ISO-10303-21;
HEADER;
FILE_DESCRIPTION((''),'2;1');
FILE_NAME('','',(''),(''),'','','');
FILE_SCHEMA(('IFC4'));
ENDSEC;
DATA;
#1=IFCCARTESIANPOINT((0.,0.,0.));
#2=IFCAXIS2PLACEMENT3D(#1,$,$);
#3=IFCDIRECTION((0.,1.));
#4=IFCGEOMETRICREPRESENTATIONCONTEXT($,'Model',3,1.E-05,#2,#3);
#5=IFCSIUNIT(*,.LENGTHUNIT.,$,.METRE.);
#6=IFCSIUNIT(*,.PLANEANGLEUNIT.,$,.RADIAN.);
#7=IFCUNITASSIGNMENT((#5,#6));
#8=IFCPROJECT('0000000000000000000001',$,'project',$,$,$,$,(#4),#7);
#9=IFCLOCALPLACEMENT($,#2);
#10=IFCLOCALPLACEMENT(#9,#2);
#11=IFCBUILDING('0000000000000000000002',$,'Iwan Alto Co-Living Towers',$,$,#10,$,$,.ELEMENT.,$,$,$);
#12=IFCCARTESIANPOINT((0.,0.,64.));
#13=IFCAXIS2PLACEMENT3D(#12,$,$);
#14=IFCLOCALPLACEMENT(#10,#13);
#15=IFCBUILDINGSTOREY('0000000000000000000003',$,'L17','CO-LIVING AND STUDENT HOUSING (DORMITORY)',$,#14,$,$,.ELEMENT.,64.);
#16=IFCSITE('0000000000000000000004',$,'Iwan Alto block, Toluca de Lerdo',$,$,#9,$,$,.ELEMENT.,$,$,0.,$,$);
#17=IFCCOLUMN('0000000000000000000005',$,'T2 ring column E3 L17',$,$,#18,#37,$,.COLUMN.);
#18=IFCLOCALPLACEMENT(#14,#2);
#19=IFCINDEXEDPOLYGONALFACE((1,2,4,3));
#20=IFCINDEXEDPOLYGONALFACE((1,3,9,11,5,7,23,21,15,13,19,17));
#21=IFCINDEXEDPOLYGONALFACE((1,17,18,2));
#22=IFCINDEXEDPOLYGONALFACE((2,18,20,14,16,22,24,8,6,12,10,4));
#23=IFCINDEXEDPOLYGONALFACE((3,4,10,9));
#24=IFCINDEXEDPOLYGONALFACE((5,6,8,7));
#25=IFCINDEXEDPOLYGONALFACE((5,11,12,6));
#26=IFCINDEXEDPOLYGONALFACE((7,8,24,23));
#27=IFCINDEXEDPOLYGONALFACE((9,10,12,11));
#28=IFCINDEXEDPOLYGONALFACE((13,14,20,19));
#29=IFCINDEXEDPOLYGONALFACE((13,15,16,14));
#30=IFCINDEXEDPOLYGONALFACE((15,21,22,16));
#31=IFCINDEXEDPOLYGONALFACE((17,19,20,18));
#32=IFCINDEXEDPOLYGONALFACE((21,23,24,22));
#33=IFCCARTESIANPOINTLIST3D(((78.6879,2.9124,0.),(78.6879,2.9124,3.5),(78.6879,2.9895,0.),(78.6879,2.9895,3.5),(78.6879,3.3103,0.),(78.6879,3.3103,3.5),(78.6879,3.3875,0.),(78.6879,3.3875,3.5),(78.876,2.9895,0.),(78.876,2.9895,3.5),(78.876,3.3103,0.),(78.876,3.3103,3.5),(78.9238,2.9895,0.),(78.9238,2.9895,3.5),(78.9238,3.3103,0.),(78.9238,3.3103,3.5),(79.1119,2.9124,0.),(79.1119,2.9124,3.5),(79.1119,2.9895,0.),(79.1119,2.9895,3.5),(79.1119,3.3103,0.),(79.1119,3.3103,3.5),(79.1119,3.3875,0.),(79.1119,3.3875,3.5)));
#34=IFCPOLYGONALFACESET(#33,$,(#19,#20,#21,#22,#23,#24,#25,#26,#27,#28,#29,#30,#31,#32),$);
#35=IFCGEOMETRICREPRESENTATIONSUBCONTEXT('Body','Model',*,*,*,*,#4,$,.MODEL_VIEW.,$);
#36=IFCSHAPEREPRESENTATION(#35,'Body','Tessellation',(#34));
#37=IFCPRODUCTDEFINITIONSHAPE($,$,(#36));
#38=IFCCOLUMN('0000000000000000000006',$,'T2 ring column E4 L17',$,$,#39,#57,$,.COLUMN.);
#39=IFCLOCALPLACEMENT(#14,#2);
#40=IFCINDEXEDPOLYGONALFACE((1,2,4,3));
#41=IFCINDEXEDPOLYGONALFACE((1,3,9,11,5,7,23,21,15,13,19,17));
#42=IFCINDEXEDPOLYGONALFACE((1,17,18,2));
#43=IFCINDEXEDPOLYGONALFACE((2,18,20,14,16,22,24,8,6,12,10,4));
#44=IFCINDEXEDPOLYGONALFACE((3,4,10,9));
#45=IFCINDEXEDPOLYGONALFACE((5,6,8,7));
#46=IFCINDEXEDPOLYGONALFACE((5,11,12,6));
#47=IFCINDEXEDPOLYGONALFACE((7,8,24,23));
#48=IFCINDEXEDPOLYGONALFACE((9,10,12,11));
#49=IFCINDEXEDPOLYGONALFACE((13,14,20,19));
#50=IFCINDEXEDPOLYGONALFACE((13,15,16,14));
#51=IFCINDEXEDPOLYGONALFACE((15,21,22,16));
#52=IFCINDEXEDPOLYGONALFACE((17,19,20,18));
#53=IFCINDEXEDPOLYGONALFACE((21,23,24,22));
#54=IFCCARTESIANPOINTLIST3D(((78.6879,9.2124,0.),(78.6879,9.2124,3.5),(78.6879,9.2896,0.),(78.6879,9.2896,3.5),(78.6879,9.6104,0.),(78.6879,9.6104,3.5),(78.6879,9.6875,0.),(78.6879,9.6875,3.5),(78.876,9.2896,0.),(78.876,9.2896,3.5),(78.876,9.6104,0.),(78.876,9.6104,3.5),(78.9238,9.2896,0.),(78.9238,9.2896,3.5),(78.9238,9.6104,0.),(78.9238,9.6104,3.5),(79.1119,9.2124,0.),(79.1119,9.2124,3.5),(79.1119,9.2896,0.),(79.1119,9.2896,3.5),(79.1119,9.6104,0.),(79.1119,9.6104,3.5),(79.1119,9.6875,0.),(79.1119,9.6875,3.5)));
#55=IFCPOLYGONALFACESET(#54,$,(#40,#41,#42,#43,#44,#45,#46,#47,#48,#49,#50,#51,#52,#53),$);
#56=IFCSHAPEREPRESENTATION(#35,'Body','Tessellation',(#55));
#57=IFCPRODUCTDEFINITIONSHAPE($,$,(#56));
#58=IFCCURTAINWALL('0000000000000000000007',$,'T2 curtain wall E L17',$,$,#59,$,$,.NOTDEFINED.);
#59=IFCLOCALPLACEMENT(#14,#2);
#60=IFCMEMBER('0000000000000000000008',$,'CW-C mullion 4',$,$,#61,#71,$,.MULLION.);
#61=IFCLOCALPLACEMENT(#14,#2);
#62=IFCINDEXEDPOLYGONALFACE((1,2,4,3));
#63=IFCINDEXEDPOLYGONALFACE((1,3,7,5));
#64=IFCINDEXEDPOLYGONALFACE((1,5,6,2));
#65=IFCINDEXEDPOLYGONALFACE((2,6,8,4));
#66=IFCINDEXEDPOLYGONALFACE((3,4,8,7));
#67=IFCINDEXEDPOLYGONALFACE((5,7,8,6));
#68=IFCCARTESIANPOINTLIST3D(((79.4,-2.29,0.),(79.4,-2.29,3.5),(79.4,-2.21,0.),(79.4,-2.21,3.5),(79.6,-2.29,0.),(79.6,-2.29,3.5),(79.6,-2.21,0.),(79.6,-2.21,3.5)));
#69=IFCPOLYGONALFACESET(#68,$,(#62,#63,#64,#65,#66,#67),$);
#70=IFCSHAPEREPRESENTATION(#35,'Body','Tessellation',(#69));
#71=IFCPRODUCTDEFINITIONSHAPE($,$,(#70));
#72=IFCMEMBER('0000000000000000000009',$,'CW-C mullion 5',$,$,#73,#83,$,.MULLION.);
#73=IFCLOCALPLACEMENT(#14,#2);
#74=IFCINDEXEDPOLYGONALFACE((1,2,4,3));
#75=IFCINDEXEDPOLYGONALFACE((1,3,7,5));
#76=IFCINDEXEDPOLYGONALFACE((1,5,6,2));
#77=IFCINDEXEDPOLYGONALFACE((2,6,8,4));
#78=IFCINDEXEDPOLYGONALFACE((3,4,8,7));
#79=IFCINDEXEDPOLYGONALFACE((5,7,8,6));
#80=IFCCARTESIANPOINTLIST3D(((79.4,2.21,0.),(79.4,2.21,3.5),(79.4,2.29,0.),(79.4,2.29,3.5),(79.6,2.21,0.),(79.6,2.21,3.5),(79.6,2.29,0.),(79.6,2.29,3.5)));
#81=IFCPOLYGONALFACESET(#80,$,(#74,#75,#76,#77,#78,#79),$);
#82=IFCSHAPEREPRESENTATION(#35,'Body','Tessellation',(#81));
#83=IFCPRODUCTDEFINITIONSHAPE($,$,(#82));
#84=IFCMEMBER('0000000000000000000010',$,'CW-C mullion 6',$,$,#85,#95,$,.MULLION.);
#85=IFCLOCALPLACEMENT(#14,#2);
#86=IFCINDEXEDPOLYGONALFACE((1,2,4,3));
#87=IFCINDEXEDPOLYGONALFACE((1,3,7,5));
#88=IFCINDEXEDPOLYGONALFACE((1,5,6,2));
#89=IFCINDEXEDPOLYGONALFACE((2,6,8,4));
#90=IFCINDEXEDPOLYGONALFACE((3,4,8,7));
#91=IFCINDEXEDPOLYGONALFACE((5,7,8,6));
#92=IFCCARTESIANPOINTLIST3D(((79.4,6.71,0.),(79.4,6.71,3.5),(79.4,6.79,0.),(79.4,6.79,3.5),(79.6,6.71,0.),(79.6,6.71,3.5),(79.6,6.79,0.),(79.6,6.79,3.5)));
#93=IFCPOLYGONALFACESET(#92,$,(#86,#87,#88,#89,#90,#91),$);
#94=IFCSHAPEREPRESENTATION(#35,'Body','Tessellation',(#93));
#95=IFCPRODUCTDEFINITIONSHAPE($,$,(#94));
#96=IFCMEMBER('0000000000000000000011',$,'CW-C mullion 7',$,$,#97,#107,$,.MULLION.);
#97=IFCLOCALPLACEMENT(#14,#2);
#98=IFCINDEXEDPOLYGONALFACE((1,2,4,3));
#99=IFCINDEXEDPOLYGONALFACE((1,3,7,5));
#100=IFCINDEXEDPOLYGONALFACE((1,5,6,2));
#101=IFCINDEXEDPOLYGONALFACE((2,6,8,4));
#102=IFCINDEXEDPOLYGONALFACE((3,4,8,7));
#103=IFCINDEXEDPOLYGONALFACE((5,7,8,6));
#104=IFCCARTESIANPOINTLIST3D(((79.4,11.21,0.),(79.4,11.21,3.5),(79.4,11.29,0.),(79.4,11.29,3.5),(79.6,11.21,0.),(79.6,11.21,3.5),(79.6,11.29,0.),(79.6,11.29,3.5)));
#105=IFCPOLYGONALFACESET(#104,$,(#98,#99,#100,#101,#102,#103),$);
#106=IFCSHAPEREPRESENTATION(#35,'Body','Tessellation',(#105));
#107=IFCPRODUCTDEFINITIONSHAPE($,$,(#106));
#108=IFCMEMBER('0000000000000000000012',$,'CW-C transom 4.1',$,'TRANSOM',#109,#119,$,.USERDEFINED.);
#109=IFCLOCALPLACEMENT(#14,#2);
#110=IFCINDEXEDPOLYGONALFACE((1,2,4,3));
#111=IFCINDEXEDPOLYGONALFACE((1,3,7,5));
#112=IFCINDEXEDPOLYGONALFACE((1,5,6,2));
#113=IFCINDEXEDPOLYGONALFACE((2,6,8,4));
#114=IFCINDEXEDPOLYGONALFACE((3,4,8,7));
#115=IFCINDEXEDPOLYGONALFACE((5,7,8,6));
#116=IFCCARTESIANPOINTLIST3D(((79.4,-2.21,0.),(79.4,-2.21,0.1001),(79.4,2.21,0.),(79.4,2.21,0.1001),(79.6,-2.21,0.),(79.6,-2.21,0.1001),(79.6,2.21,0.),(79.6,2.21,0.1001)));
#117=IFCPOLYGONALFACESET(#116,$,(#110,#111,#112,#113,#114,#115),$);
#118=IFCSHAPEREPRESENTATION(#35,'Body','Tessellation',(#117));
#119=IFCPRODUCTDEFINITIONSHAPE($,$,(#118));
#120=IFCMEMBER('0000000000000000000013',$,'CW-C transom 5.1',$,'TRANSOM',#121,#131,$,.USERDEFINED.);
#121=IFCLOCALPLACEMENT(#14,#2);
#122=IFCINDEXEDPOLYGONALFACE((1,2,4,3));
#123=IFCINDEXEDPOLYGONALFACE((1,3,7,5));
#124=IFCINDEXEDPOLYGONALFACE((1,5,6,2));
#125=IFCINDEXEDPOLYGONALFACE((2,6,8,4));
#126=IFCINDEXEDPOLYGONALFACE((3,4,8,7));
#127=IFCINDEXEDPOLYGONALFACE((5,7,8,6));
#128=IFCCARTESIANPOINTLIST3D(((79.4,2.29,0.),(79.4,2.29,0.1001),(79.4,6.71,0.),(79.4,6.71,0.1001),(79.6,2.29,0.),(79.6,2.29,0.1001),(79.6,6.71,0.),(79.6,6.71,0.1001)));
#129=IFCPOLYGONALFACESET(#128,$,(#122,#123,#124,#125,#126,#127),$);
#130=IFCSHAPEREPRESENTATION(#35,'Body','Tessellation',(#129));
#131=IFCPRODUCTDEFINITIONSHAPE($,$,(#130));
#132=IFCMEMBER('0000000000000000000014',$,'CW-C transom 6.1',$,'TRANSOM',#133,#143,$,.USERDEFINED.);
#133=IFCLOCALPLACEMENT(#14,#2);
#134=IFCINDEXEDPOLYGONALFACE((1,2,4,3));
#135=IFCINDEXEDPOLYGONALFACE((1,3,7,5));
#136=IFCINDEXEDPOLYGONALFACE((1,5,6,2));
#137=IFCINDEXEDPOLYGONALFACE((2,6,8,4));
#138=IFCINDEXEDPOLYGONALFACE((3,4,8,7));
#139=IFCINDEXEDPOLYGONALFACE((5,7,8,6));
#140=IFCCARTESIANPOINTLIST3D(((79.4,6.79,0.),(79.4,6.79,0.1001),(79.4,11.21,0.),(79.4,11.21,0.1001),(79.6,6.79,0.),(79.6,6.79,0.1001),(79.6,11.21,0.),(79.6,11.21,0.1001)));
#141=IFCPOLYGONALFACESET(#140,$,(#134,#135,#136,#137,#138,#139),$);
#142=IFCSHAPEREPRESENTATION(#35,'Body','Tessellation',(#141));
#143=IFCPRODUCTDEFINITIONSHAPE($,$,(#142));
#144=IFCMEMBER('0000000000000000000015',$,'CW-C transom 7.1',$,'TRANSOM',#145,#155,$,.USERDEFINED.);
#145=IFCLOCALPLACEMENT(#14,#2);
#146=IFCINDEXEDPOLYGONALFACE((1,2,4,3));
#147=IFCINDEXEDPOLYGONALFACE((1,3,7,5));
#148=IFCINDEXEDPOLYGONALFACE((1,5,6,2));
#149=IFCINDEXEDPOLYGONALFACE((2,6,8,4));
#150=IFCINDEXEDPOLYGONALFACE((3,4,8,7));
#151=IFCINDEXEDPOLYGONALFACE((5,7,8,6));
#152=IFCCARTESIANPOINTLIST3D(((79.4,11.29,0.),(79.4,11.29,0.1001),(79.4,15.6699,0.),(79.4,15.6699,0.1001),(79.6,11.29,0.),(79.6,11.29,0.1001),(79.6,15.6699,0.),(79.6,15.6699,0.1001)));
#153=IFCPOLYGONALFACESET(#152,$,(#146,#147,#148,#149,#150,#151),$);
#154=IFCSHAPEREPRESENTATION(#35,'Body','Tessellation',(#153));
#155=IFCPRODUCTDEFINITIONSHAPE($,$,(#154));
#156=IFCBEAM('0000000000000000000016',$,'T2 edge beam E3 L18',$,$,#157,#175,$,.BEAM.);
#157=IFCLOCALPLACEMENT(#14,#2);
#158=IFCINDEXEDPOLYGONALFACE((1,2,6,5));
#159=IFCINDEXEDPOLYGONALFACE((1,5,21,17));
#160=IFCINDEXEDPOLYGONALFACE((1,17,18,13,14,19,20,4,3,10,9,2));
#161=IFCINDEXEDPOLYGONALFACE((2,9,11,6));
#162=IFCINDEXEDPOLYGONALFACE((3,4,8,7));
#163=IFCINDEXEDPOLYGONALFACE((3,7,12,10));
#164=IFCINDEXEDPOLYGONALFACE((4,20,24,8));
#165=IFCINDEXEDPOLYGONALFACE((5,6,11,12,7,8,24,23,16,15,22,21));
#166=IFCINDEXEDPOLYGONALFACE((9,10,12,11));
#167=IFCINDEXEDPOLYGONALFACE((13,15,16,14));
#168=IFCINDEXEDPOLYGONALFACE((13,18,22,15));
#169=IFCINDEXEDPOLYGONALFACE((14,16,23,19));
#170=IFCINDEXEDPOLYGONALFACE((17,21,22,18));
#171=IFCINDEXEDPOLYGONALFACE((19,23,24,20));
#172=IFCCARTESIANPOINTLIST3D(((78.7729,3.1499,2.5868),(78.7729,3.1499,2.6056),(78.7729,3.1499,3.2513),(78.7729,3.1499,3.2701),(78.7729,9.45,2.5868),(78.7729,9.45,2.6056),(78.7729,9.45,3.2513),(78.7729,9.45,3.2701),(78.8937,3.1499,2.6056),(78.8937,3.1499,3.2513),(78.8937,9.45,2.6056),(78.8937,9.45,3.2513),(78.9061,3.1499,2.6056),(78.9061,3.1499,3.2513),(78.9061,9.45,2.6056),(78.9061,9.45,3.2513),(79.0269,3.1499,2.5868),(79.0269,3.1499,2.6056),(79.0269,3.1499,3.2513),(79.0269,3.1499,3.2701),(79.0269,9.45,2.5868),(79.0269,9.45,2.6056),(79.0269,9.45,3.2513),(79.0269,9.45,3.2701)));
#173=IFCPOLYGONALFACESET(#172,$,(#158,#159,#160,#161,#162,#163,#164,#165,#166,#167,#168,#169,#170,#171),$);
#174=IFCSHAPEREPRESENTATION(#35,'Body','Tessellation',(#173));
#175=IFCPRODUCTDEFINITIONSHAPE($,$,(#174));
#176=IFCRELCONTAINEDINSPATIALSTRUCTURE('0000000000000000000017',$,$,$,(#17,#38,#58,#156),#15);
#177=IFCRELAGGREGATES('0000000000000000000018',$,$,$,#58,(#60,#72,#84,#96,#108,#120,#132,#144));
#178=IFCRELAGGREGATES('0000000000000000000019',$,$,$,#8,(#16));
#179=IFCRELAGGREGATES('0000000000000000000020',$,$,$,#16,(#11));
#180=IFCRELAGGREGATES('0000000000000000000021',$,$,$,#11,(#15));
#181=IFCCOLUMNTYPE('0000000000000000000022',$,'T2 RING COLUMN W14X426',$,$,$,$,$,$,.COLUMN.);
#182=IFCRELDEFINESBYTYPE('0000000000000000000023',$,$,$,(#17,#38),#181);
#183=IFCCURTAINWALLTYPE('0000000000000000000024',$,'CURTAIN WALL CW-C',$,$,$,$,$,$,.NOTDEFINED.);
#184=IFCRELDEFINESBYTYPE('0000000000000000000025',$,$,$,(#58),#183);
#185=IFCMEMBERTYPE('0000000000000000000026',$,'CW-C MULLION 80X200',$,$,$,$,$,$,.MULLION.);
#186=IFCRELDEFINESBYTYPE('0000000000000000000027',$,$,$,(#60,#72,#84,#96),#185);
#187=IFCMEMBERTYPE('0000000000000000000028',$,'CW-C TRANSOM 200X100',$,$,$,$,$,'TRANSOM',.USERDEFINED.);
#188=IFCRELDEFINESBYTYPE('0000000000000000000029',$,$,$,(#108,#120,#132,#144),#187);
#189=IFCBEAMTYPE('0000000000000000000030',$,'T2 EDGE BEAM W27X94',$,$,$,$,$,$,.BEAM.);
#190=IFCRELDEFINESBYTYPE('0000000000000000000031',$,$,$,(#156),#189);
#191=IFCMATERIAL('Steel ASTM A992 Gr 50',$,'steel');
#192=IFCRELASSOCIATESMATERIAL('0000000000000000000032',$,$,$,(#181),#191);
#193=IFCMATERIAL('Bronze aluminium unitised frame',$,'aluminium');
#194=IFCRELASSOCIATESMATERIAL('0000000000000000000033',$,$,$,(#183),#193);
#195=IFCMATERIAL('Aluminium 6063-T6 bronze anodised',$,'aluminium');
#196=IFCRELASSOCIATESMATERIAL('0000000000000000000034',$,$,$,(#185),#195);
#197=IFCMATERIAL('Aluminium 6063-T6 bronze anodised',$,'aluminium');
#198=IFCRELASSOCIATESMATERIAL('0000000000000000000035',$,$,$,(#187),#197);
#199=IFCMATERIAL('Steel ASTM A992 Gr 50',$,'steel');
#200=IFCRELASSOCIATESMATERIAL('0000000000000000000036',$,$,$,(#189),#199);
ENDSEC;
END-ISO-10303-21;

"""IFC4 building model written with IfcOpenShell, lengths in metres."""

from ifc_helpers import new_model, si_unit, direction, frame, origin, origin_2d, place, context, subcontext, project, spatial, rectangle, i_section, extrude, material, material_profile, profile_set, type_object, element, aggregate, save


model = new_model("IFC4")

# Units and contexts
model_context = context("Model", 3, precision=1e-05, world=origin(), true_north=direction((0.0, 1.0)))
body_context = subcontext(model_context, "Body", "Model", "MODEL_VIEW")
ifc_project = project(units=[si_unit("LENGTHUNIT", "METRE"), si_unit("PLANEANGLEUNIT", "RADIAN")], contexts=[model_context])

# Site, building, storey
site_placement = place(None, origin())
site = spatial("IfcSite", under=ifc_project, at=site_placement, Name="Iwan Alto block, Toluca de Lerdo", CompositionType="ELEMENT", RefElevation=0.0)
building_placement = place(site_placement, origin())
building = spatial("IfcBuilding", under=site, at=building_placement, Name="Iwan Alto Co-Living Towers", CompositionType="ELEMENT")
storey_placement = place(building_placement, frame((0.0, 0.0, 64.0)))
storey = spatial("IfcBuildingStorey", under=building, at=storey_placement, Name="L17", Description="CO-LIVING AND STUDENT HOUSING (DORMITORY)", CompositionType="ELEMENT", Elevation=64.0)

# Columns
ifc_material_1 = material(Name="Steel ASTM A992 Gr 50", Category="steel")
ifc_material_profile_1 = material_profile(ifc_material_1, i_section(OverallWidth=0.4241, OverallDepth=0.4751, WebThickness=0.0479, FlangeThickness=0.0771, at=origin_2d()), Name="W14X426")
ifc_profile_set_1 = profile_set([ifc_material_profile_1], Name="Steel ASTM A992 Gr 50")
column_type = type_object("IfcColumnType", Name="T2 RING COLUMN W14X426", PredefinedType="COLUMN", material=ifc_profile_set_1)
for number, where, z_axis, x_axis, name in (
    (1, (78.8999, 3.1499, 0.0), (0.0, 0.0, 1.0), (1.0, 0.0, 0.0), "T2 ring column E3 L17"),
    (2, (78.8999, 9.45, 0.0), (0.0, 0.0, 1.0), (1.0, 0.0, 0.0), "T2 ring column E4 L17"),
):
    element("IfcColumn", number, at=place(storey_placement, frame(where, z_axis=z_axis, x_axis=x_axis)), inside=storey, type_object=column_type, Name=name, PredefinedType="COLUMN", context=body_context, shape_type="SweptSolid", body=[
        extrude(i_section(OverallWidth=0.4241, OverallDepth=0.4751, WebThickness=0.0479, FlangeThickness=0.0771, at=origin_2d()), origin(), (0.0, 0.0, 1.0), 3.5),
    ])

# Curtain wall, members
ifc_material_2 = material(Name="Bronze aluminium unitised frame", Category="aluminium")
curtain_wall_type = type_object("IfcCurtainWallType", Name="CURTAIN WALL CW-C", PredefinedType="NOTDEFINED", material=ifc_material_2)
curtain_wall_placement = place(storey_placement, origin())
curtain_wall = element("IfcCurtainWall", 3, at=curtain_wall_placement, inside=storey, type_object=curtain_wall_type, Name="T2 curtain wall E L17", PredefinedType="NOTDEFINED")
ifc_material_3 = material(Name="Aluminium 6063-T6 bronze anodised", Category="aluminium")
ifc_material_profile_2 = material_profile(ifc_material_3, rectangle(XDim=0.2, YDim=0.0801, at=origin_2d()), Name="AL 80X200")
ifc_profile_set_2 = profile_set([ifc_material_profile_2], Name="Aluminium 6063-T6 bronze anodised")
member_type_1 = type_object("IfcMemberType", Name="CW-C MULLION 80X200", PredefinedType="MULLION", material=ifc_profile_set_2)
member_1_placement = place(storey_placement, frame((79.5, -2.25, 0.0), z_axis=(0.0, 0.0, 1.0), x_axis=(-1.0, 0.0, 0.0)))
member_1 = element("IfcMember", 4, at=member_1_placement, type_object=member_type_1, Name="CW-C mullion 4", PredefinedType="MULLION", context=body_context, shape_type="SweptSolid", body=[
    extrude(rectangle(XDim=0.2, YDim=0.0801, at=origin_2d()), origin(), (0.0, 0.0, 1.0), 3.5),
])
member_2_placement = place(storey_placement, frame((79.5, 2.25, 0.0), z_axis=(0.0, 0.0, 1.0), x_axis=(-1.0, 0.0, 0.0)))
member_2 = element("IfcMember", 5, at=member_2_placement, type_object=member_type_1, Name="CW-C mullion 5", PredefinedType="MULLION", context=body_context, shape_type="SweptSolid", body=[
    extrude(rectangle(XDim=0.2, YDim=0.0801, at=origin_2d()), origin(), (0.0, 0.0, 1.0), 3.5),
])
member_3_placement = place(storey_placement, frame((79.5, 6.75, 0.0), z_axis=(0.0, 0.0, 1.0), x_axis=(-1.0, 0.0, 0.0)))
member_3 = element("IfcMember", 6, at=member_3_placement, type_object=member_type_1, Name="CW-C mullion 6", PredefinedType="MULLION", context=body_context, shape_type="SweptSolid", body=[
    extrude(rectangle(XDim=0.2, YDim=0.0801, at=origin_2d()), origin(), (0.0, 0.0, 1.0), 3.5),
])
member_4_placement = place(storey_placement, frame((79.5, 11.25, 0.0), z_axis=(0.0, 0.0, 1.0), x_axis=(-1.0, 0.0, 0.0)))
member_4 = element("IfcMember", 7, at=member_4_placement, type_object=member_type_1, Name="CW-C mullion 7", PredefinedType="MULLION", context=body_context, shape_type="SweptSolid", body=[
    extrude(rectangle(XDim=0.2, YDim=0.0801, at=origin_2d()), origin(), (0.0, 0.0, 1.0), 3.5),
])
ifc_material_4 = material(Name="Aluminium 6063-T6 bronze anodised", Category="aluminium")
ifc_material_profile_3 = material_profile(ifc_material_4, rectangle(XDim=0.2, YDim=0.1001, at=origin_2d()), Name="AL 200X100")
ifc_profile_set_3 = profile_set([ifc_material_profile_3], Name="Aluminium 6063-T6 bronze anodised")
member_type_2 = type_object("IfcMemberType", Name="CW-C TRANSOM 200X100", ElementType="TRANSOM", PredefinedType="USERDEFINED", material=ifc_profile_set_3)
member_5_placement = place(storey_placement, frame((79.5, -2.21, 0.05), z_axis=(0.0, 1.0, 0.0), x_axis=(-1.0, 0.0, 0.0)))
member_5 = element("IfcMember", 8, at=member_5_placement, type_object=member_type_2, Name="CW-C transom 4.1", ObjectType="TRANSOM", PredefinedType="USERDEFINED", context=body_context, shape_type="SweptSolid", body=[
    extrude(rectangle(XDim=0.2, YDim=0.1001, at=origin_2d()), origin(), (0.0, 0.0, 1.0), 4.4199),
])
member_6_placement = place(storey_placement, frame((79.5, 2.29, 0.05), z_axis=(0.0, 1.0, 0.0), x_axis=(-1.0, 0.0, 0.0)))
member_6 = element("IfcMember", 9, at=member_6_placement, type_object=member_type_2, Name="CW-C transom 5.1", ObjectType="TRANSOM", PredefinedType="USERDEFINED", context=body_context, shape_type="SweptSolid", body=[
    extrude(rectangle(XDim=0.2, YDim=0.1001, at=origin_2d()), origin(), (0.0, 0.0, 1.0), 4.4199),
])
member_7_placement = place(storey_placement, frame((79.5, 6.79, 0.05), z_axis=(0.0, 1.0, 0.0), x_axis=(-1.0, 0.0, 0.0)))
member_7 = element("IfcMember", 10, at=member_7_placement, type_object=member_type_2, Name="CW-C transom 6.1", ObjectType="TRANSOM", PredefinedType="USERDEFINED", context=body_context, shape_type="SweptSolid", body=[
    extrude(rectangle(XDim=0.2, YDim=0.1001, at=origin_2d()), origin(), (0.0, 0.0, 1.0), 4.4199),
])
member_8_placement = place(storey_placement, frame((79.5, 11.29, 0.05), z_axis=(0.0, 1.0, 0.0), x_axis=(-1.0, 0.0, 0.0)))
member_8 = element("IfcMember", 11, at=member_8_placement, type_object=member_type_2, Name="CW-C transom 7.1", ObjectType="TRANSOM", PredefinedType="USERDEFINED", context=body_context, shape_type="SweptSolid", body=[
    extrude(rectangle(XDim=0.2, YDim=0.1001, at=origin_2d()), origin(), (0.0, 0.0, 1.0), 4.3799),
])

# Beam
ifc_material_5 = material(Name="Steel ASTM A992 Gr 50", Category="steel")
ifc_material_profile_4 = material_profile(ifc_material_5, i_section(OverallWidth=0.2539, OverallDepth=0.6833, WebThickness=0.0125, FlangeThickness=0.0188, at=origin_2d()), Name="W27X94")
ifc_profile_set_4 = profile_set([ifc_material_profile_4], Name="Steel ASTM A992 Gr 50")
beam_type_1 = type_object("IfcBeamType", Name="T2 EDGE BEAM W27X94", PredefinedType="BEAM", material=ifc_profile_set_4)
beam_1_placement = place(storey_placement, frame((78.8999, 3.1499, 2.9285), z_axis=(0.0, 1.0, 0.0), x_axis=(-1.0, 0.0, 0.0)))
element("IfcBeam", 12, at=beam_1_placement, inside=storey, type_object=beam_type_1, Name="T2 edge beam E3 L18", PredefinedType="BEAM", context=body_context, shape_type="SweptSolid", body=[
    extrude(i_section(OverallWidth=0.2539, OverallDepth=0.6833, WebThickness=0.0125, FlangeThickness=0.0188, at=origin_2d()), origin(), (0.0, 0.0, 1.0), 6.3),
])

aggregate(curtain_wall, [member_1, member_2, member_3, member_4, member_5, member_6, member_7, member_8])

save(model, "model.ifc")
